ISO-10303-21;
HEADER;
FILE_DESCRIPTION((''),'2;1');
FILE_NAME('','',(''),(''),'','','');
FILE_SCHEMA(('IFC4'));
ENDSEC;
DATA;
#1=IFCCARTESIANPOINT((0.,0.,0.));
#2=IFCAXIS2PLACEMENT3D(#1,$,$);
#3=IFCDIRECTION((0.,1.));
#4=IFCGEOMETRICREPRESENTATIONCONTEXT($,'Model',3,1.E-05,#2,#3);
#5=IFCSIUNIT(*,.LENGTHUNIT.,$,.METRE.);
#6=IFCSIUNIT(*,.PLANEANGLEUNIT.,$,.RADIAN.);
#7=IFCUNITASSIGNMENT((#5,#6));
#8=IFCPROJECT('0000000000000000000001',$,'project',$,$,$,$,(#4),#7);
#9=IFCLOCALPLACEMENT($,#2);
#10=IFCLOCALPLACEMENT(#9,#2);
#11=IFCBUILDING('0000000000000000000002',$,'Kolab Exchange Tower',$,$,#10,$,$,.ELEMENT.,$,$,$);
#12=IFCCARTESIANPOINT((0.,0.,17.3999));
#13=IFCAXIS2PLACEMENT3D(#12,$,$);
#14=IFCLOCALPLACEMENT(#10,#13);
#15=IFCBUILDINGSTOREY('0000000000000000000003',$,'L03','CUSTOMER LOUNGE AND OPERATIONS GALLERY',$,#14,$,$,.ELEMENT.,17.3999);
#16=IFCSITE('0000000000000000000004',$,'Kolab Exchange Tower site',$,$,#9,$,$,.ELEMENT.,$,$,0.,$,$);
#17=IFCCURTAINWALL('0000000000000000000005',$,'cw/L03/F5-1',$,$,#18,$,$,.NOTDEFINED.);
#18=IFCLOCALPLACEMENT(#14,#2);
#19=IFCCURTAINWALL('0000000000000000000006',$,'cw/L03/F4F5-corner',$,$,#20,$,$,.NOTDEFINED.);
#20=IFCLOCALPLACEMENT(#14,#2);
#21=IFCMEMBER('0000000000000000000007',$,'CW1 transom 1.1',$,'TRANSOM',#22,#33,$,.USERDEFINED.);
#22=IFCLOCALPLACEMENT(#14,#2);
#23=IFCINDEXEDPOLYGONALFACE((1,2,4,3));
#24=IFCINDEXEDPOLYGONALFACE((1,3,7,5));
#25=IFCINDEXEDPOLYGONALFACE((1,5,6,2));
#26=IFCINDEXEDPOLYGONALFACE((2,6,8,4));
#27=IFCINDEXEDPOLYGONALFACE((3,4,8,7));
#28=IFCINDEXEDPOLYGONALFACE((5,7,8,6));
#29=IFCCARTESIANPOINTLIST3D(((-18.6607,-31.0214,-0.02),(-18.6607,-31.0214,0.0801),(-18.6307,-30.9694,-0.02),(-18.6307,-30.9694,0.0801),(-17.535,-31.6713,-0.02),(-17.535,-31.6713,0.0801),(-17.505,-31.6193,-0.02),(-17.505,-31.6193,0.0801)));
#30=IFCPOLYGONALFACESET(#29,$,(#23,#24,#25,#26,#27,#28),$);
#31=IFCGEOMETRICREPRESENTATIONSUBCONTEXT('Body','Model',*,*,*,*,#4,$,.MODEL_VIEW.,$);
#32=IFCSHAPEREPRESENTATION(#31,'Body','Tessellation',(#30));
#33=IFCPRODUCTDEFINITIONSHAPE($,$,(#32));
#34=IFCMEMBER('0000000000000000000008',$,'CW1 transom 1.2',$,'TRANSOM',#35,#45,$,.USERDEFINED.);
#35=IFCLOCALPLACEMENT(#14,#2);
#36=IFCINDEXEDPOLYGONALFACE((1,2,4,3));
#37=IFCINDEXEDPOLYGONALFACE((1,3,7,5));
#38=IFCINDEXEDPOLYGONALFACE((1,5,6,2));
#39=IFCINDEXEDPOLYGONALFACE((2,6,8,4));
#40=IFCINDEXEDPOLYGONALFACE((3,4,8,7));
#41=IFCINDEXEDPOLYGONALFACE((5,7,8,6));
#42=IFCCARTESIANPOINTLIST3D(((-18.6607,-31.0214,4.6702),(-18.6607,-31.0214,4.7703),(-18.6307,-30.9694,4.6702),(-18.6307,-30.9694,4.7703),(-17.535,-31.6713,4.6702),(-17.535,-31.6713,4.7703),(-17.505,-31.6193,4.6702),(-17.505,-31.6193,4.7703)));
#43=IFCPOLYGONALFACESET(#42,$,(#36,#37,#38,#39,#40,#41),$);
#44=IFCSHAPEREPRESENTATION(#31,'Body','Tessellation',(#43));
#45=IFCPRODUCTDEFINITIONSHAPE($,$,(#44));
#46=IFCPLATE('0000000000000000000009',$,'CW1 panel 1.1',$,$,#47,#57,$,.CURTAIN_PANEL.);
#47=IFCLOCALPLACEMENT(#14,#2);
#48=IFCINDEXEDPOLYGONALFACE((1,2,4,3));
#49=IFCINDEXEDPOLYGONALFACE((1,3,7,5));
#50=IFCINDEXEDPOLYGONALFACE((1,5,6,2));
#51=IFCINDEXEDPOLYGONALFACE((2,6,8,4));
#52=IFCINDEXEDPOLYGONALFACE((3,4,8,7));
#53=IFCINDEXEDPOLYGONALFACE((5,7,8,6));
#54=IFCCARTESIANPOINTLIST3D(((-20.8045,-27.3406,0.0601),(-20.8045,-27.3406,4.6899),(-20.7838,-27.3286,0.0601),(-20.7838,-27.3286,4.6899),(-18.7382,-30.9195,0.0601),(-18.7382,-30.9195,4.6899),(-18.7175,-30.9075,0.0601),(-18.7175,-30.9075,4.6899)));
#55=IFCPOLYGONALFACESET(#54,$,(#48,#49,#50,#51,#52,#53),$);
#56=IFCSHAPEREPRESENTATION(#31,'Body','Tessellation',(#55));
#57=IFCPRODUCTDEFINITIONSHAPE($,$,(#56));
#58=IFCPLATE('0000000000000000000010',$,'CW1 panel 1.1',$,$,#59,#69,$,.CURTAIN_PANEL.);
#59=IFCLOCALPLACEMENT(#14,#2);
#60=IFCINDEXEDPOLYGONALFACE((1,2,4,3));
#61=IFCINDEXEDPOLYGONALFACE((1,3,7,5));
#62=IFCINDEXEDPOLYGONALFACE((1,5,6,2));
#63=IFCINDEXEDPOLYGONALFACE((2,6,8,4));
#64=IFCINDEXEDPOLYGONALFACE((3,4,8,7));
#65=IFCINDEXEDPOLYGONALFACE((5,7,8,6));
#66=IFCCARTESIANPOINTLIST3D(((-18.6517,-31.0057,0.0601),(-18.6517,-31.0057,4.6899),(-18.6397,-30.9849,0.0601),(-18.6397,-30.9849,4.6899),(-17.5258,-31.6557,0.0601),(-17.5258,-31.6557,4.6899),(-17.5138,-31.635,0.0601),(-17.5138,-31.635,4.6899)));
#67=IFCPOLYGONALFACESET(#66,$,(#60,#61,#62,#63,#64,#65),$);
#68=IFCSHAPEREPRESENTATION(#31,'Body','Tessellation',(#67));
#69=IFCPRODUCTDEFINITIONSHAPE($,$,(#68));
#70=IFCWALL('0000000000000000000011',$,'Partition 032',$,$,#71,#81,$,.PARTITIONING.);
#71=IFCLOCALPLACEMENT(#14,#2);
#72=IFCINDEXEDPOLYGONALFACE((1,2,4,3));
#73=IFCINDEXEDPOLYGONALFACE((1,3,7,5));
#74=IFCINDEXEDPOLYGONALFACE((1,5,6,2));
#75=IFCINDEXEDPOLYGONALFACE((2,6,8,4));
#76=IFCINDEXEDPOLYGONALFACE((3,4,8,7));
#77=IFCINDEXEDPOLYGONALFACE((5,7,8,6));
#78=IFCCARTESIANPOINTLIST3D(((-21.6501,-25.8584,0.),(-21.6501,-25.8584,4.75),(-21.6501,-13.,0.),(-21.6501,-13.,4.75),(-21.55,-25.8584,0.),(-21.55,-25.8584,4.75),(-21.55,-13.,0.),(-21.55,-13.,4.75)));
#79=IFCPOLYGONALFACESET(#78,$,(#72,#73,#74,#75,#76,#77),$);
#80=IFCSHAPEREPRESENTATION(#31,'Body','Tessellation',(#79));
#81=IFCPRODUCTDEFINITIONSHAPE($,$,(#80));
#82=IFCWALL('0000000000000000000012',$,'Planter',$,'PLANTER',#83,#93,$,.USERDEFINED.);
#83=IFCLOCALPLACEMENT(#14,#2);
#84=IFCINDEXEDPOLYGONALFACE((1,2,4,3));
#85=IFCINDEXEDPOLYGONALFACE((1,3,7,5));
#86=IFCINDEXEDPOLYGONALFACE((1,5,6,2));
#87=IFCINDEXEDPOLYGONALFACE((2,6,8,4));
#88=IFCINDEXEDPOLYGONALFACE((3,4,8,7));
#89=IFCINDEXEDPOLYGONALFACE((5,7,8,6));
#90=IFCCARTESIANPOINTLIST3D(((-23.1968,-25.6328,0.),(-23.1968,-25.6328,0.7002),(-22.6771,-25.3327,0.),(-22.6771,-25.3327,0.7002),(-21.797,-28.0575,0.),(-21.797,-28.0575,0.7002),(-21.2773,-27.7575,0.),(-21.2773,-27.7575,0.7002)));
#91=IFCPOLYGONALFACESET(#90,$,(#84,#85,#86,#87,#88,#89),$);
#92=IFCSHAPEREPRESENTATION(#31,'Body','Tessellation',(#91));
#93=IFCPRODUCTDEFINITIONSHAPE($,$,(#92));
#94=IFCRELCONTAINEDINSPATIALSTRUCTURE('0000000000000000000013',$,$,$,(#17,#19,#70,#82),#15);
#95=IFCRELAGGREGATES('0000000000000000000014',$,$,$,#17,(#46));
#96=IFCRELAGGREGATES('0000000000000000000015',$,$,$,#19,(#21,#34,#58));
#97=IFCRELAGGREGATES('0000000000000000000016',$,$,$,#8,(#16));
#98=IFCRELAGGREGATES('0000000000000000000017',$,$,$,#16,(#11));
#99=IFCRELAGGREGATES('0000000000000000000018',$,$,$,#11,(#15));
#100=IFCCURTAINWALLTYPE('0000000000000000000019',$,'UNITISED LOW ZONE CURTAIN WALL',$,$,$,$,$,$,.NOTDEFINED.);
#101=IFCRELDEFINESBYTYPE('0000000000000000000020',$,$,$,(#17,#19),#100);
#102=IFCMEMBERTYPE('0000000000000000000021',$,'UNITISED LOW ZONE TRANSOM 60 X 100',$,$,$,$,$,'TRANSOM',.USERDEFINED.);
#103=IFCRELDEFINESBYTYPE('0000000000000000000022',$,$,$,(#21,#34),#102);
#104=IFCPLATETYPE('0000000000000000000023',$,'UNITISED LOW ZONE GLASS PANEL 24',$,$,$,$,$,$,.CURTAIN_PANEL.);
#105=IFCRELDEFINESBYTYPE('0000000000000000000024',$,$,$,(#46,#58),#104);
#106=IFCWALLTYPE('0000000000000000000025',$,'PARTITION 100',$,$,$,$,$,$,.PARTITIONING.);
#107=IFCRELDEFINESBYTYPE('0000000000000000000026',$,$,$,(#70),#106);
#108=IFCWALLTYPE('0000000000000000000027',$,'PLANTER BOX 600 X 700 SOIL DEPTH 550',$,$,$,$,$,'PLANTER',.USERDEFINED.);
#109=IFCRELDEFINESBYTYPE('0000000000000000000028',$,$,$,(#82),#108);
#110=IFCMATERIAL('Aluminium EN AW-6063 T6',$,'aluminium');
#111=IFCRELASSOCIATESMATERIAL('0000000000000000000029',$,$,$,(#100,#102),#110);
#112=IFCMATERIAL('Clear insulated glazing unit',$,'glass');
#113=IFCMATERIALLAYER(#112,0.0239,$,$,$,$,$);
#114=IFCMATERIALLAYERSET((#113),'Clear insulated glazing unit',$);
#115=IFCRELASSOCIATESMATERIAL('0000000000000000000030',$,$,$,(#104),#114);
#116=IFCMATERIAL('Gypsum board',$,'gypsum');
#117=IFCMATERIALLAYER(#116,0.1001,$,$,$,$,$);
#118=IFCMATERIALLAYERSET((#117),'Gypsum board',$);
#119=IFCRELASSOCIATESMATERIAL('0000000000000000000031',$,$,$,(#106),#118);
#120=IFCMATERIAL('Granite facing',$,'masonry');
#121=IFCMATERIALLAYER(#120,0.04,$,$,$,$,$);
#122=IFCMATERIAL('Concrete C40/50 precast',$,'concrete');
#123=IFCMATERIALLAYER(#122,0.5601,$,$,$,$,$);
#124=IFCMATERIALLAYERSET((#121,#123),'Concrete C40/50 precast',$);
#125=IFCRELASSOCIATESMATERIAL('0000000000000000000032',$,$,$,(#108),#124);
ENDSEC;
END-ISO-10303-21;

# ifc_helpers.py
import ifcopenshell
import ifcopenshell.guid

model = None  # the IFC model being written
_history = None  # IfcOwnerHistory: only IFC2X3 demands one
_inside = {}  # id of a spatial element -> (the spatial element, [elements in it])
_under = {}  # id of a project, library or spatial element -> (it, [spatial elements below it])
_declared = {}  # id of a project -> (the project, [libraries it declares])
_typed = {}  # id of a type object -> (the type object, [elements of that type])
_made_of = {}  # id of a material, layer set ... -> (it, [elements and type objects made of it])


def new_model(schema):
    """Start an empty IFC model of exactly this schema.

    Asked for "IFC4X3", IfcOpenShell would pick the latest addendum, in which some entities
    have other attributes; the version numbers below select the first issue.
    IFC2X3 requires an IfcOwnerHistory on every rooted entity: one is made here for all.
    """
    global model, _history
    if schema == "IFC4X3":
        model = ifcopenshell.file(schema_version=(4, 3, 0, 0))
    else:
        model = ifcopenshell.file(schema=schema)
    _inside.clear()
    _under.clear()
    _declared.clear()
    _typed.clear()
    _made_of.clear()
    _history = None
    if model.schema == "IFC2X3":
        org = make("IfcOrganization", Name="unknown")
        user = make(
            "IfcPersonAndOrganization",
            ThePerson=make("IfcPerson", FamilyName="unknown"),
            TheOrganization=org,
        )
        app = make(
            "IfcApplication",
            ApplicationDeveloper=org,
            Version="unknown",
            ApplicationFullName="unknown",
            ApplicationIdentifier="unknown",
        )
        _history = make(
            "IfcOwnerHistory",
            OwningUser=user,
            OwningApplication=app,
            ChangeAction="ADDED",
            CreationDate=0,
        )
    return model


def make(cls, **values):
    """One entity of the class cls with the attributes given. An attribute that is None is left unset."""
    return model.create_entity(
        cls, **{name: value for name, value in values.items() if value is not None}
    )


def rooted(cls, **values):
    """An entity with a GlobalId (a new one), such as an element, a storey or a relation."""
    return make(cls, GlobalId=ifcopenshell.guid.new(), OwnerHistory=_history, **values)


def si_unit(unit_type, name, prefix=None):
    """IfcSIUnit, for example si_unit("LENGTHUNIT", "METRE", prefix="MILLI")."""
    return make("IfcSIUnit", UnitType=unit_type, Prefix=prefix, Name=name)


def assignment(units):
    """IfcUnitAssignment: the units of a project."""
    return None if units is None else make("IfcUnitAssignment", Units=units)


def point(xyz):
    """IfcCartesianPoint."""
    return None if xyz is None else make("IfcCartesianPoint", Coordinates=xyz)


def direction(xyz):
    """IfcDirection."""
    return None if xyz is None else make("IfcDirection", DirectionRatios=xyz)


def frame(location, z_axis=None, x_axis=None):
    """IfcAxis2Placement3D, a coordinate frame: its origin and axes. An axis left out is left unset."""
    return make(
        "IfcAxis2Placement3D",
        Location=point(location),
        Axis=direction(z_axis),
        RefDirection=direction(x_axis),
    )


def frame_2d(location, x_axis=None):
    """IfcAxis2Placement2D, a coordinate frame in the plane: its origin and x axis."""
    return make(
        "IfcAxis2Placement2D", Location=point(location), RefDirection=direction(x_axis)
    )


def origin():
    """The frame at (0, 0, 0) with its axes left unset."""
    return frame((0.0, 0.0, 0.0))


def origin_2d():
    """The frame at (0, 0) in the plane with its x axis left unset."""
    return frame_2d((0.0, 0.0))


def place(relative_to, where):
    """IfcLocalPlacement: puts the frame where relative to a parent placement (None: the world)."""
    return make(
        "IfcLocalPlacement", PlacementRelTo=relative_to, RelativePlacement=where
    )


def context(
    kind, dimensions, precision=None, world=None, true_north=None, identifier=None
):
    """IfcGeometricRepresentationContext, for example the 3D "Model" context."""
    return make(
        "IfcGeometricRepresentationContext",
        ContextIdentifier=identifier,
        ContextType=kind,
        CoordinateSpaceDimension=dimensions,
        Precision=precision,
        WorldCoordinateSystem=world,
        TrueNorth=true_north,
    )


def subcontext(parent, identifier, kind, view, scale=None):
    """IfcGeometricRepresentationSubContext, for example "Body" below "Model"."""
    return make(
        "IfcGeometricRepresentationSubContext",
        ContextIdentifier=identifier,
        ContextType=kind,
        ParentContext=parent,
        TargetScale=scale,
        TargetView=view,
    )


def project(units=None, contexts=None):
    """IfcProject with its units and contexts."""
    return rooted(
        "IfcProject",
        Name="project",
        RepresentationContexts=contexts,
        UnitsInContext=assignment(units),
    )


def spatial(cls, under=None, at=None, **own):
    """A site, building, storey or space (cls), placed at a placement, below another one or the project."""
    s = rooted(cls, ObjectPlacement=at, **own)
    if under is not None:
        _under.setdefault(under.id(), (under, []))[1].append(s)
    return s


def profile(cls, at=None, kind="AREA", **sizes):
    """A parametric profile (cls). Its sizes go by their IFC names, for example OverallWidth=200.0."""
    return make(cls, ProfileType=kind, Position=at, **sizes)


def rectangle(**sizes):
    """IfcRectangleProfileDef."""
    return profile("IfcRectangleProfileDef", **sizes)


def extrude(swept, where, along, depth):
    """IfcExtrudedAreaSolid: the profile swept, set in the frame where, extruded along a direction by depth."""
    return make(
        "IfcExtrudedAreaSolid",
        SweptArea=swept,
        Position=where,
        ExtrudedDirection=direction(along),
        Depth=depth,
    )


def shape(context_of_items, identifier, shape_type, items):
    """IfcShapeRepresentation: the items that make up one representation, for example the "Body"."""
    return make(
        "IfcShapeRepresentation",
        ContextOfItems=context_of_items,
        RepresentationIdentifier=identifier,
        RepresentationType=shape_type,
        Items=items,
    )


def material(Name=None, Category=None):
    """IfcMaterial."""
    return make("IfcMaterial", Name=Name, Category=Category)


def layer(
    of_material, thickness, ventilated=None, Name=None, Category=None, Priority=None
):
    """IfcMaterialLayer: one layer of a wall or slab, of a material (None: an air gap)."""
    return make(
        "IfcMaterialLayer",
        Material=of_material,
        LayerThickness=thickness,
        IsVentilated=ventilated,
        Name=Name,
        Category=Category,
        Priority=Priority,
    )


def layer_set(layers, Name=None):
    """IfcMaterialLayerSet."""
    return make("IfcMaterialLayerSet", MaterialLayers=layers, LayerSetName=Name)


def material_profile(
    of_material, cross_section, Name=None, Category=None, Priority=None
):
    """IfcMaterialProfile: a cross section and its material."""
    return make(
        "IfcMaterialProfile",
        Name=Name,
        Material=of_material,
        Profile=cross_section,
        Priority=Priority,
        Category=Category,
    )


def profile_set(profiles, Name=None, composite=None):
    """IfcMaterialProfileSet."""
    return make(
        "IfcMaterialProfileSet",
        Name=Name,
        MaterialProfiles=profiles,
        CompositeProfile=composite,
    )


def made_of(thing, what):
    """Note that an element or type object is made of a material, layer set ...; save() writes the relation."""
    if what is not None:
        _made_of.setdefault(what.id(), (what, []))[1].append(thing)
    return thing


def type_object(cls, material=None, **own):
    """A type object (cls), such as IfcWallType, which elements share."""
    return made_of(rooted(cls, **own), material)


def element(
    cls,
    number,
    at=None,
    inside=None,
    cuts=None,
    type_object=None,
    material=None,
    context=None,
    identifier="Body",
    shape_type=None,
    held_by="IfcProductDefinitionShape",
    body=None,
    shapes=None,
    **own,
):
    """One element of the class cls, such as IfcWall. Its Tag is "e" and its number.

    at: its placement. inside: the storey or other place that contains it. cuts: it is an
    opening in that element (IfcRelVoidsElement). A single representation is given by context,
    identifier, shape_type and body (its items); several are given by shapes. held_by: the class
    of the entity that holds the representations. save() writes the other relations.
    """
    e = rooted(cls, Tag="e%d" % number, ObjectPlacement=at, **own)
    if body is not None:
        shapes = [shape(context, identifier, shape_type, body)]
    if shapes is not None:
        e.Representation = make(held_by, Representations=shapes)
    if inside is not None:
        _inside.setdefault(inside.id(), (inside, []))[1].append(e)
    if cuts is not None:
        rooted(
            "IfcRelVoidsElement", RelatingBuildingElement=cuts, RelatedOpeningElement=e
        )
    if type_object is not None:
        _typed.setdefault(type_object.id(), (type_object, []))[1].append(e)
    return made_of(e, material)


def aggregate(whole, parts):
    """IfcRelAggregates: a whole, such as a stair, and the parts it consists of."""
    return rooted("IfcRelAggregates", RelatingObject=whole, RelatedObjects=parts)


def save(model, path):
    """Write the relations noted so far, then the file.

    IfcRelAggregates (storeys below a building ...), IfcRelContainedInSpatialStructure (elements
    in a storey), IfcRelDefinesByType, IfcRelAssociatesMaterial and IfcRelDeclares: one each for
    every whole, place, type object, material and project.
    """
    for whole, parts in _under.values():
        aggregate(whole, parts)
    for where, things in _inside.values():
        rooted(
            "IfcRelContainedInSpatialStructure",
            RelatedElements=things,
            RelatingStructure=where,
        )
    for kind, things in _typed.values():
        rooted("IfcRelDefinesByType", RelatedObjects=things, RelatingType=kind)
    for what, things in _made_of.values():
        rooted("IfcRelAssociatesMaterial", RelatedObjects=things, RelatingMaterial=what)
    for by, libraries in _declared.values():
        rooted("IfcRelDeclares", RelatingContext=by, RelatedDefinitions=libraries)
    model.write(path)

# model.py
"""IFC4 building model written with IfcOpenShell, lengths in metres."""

from ifc_helpers import new_model, si_unit, direction, frame, frame_2d, origin, origin_2d, place, context, subcontext, project, spatial, rectangle, extrude, material, layer, layer_set, material_profile, profile_set, type_object, element, aggregate, save


model = new_model("IFC4")

# Units and contexts
model_context = context("Model", 3, precision=1e-05, world=origin(), true_north=direction((0.0, 1.0)))
body_context = subcontext(model_context, "Body", "Model", "MODEL_VIEW")
ifc_project = project(units=[si_unit("LENGTHUNIT", "METRE"), si_unit("PLANEANGLEUNIT", "RADIAN")], contexts=[model_context])

# Site, building, storey
site_placement = place(None, origin())
site = spatial("IfcSite", under=ifc_project, at=site_placement, Name="Kolab Exchange Tower site", CompositionType="ELEMENT", RefElevation=0.0)
building_placement = place(site_placement, origin())
building = spatial("IfcBuilding", under=site, at=building_placement, Name="Kolab Exchange Tower", CompositionType="ELEMENT")
storey_placement = place(building_placement, frame((0.0, 0.0, 17.3999)))
storey = spatial("IfcBuildingStorey", under=building, at=storey_placement, Name="L03", Description="CUSTOMER LOUNGE AND OPERATIONS GALLERY", CompositionType="ELEMENT", Elevation=17.3999)

# Curtain walls
ifc_material_1 = material(Name="Aluminium EN AW-6063 T6", Category="aluminium")
curtain_wall_type = type_object("IfcCurtainWallType", Name="UNITISED LOW ZONE CURTAIN WALL", PredefinedType="NOTDEFINED", material=ifc_material_1)
curtain_wall_1_placement = place(storey_placement, origin())
curtain_wall_1 = element("IfcCurtainWall", 1, at=curtain_wall_1_placement, inside=storey, type_object=curtain_wall_type, Name="cw/L03/F5-1", PredefinedType="NOTDEFINED")
curtain_wall_2_placement = place(storey_placement, origin())
curtain_wall_2 = element("IfcCurtainWall", 2, at=curtain_wall_2_placement, inside=storey, type_object=curtain_wall_type, Name="cw/L03/F4F5-corner", PredefinedType="NOTDEFINED")

# Members
ifc_material_profile_1 = material_profile(ifc_material_1, rectangle(XDim=0.0601, YDim=0.1001, at=origin_2d()), Name="RECT 60X100")
ifc_profile_set_1 = profile_set([ifc_material_profile_1], Name="Aluminium EN AW-6063 T6")
member_type_1 = type_object("IfcMemberType", Name="UNITISED LOW ZONE TRANSOM 60 X 100", ElementType="TRANSOM", PredefinedType="USERDEFINED", material=ifc_profile_set_1)
member_1_placement = place(storey_placement, frame((-17.52, -31.6453, 0.03), z_axis=(-0.866039, 0.499977, 0.0), x_axis=(-0.499977, -0.866039, 0.0)))
member_1 = element("IfcMember", 3, at=member_1_placement, type_object=member_type_1, Name="CW1 transom 1.1", ObjectType="TRANSOM", PredefinedType="USERDEFINED", context=body_context, shape_type="SweptSolid", body=[
    extrude(rectangle(XDim=0.0601, YDim=0.1001, at=origin_2d()), origin(), (0.0, 0.0, 1.0), 1.2998),
])
member_2_placement = place(storey_placement, frame((-17.52, -31.6453, 4.7202), z_axis=(-0.866039, 0.499977, 0.0), x_axis=(-0.499977, -0.866039, 0.0)))
member_2 = element("IfcMember", 4, at=member_2_placement, type_object=member_type_1, Name="CW1 transom 1.2", ObjectType="TRANSOM", PredefinedType="USERDEFINED", context=body_context, shape_type="SweptSolid", body=[
    extrude(rectangle(XDim=0.0601, YDim=0.1001, at=origin_2d()), origin(), (0.0, 0.0, 1.0), 1.2998),
])

# Plates
ifc_material_2 = material(Name="Clear insulated glazing unit", Category="glass")
ifc_layer_1 = layer(ifc_material_2, 0.0239)
ifc_layer_set_1 = layer_set([ifc_layer_1], Name="Clear insulated glazing unit")
plate_type = type_object("IfcPlateType", Name="UNITISED LOW ZONE GLASS PANEL 24", PredefinedType="CURTAIN_PANEL", material=ifc_layer_set_1)
plate_1_placement = place(storey_placement, frame((-19.761, -29.124, 0.0601), z_axis=(0.0, 0.0, 1.0), x_axis=(-0.5, 0.866025, 0.0)))
plate_1 = element("IfcPlate", 5, at=plate_1_placement, type_object=plate_type, Name="CW1 panel 1.1", PredefinedType="CURTAIN_PANEL", context=body_context, shape_type="SweptSolid", body=[
    extrude(rectangle(XDim=4.1326, YDim=0.0239, at=origin_2d()), origin(), (0.0, 0.0, 1.0), 4.6299),
])
aggregate(curtain_wall_1, [plate_1])
plate_2_placement = place(storey_placement, frame((-18.0828, -31.3203, 0.0601), z_axis=(0.0, 0.0, 1.0), x_axis=(-0.866025, 0.5, 0.0)))
plate_2 = element("IfcPlate", 6, at=plate_2_placement, type_object=plate_type, Name="CW1 panel 1.1", PredefinedType="CURTAIN_PANEL", context=body_context, shape_type="SweptSolid", body=[
    extrude(rectangle(XDim=1.3, YDim=0.0239, at=origin_2d()), origin(), (0.0, 0.0, 1.0), 4.6299),
])
aggregate(curtain_wall_2, [member_1, member_2, plate_2])

# Walls
ifc_material_3 = material(Name="Gypsum board", Category="gypsum")
ifc_layer_2 = layer(ifc_material_3, 0.1001)
ifc_layer_set_2 = layer_set([ifc_layer_2], Name="Gypsum board")
wall_type_1 = type_object("IfcWallType", Name="PARTITION 100", PredefinedType="PARTITIONING", material=ifc_layer_set_2)
wall_1_placement = place(storey_placement, frame((-21.6001, -25.8584, 0.0), z_axis=(0.0, 0.0, 1.0), x_axis=(0.0, 1.0, 0.0)))
element("IfcWall", 7, at=wall_1_placement, inside=storey, type_object=wall_type_1, Name="Partition 032", PredefinedType="PARTITIONING", context=body_context, shape_type="SweptSolid", body=[
    extrude(rectangle(XDim=12.8584, YDim=0.1001, at=frame_2d((6.4292, 0.0))), origin(), (0.0, 0.0, 1.0), 4.75),
])
ifc_material_4 = material(Name="Granite facing", Category="masonry")
ifc_layer_3 = layer(ifc_material_4, 0.04)
ifc_material_5 = material(Name="Concrete C40/50 precast", Category="concrete")
ifc_layer_4 = layer(ifc_material_5, 0.5601)
ifc_layer_set_3 = layer_set([ifc_layer_3, ifc_layer_4], Name="Concrete C40/50 precast")
wall_type_2 = type_object("IfcWallType", Name="PLANTER BOX 600 X 700 SOIL DEPTH 550", ElementType="PLANTER", PredefinedType="USERDEFINED", material=ifc_layer_set_3)
wall_2_placement = place(storey_placement, frame((-21.5371, -27.9075, 0.0), z_axis=(0.0, 0.0, 1.0), x_axis=(-0.499984, 0.866035, 0.0)))
element("IfcWall", 8, at=wall_2_placement, inside=storey, type_object=wall_type_2, Name="Planter", ObjectType="PLANTER", PredefinedType="USERDEFINED", context=body_context, shape_type="SweptSolid", body=[
    extrude(rectangle(XDim=2.7998, YDim=0.6001, at=frame_2d((1.3999, 0.0))), origin(), (0.0, 0.0, 1.0), 0.7002),
])

save(model, "model.ifc")
